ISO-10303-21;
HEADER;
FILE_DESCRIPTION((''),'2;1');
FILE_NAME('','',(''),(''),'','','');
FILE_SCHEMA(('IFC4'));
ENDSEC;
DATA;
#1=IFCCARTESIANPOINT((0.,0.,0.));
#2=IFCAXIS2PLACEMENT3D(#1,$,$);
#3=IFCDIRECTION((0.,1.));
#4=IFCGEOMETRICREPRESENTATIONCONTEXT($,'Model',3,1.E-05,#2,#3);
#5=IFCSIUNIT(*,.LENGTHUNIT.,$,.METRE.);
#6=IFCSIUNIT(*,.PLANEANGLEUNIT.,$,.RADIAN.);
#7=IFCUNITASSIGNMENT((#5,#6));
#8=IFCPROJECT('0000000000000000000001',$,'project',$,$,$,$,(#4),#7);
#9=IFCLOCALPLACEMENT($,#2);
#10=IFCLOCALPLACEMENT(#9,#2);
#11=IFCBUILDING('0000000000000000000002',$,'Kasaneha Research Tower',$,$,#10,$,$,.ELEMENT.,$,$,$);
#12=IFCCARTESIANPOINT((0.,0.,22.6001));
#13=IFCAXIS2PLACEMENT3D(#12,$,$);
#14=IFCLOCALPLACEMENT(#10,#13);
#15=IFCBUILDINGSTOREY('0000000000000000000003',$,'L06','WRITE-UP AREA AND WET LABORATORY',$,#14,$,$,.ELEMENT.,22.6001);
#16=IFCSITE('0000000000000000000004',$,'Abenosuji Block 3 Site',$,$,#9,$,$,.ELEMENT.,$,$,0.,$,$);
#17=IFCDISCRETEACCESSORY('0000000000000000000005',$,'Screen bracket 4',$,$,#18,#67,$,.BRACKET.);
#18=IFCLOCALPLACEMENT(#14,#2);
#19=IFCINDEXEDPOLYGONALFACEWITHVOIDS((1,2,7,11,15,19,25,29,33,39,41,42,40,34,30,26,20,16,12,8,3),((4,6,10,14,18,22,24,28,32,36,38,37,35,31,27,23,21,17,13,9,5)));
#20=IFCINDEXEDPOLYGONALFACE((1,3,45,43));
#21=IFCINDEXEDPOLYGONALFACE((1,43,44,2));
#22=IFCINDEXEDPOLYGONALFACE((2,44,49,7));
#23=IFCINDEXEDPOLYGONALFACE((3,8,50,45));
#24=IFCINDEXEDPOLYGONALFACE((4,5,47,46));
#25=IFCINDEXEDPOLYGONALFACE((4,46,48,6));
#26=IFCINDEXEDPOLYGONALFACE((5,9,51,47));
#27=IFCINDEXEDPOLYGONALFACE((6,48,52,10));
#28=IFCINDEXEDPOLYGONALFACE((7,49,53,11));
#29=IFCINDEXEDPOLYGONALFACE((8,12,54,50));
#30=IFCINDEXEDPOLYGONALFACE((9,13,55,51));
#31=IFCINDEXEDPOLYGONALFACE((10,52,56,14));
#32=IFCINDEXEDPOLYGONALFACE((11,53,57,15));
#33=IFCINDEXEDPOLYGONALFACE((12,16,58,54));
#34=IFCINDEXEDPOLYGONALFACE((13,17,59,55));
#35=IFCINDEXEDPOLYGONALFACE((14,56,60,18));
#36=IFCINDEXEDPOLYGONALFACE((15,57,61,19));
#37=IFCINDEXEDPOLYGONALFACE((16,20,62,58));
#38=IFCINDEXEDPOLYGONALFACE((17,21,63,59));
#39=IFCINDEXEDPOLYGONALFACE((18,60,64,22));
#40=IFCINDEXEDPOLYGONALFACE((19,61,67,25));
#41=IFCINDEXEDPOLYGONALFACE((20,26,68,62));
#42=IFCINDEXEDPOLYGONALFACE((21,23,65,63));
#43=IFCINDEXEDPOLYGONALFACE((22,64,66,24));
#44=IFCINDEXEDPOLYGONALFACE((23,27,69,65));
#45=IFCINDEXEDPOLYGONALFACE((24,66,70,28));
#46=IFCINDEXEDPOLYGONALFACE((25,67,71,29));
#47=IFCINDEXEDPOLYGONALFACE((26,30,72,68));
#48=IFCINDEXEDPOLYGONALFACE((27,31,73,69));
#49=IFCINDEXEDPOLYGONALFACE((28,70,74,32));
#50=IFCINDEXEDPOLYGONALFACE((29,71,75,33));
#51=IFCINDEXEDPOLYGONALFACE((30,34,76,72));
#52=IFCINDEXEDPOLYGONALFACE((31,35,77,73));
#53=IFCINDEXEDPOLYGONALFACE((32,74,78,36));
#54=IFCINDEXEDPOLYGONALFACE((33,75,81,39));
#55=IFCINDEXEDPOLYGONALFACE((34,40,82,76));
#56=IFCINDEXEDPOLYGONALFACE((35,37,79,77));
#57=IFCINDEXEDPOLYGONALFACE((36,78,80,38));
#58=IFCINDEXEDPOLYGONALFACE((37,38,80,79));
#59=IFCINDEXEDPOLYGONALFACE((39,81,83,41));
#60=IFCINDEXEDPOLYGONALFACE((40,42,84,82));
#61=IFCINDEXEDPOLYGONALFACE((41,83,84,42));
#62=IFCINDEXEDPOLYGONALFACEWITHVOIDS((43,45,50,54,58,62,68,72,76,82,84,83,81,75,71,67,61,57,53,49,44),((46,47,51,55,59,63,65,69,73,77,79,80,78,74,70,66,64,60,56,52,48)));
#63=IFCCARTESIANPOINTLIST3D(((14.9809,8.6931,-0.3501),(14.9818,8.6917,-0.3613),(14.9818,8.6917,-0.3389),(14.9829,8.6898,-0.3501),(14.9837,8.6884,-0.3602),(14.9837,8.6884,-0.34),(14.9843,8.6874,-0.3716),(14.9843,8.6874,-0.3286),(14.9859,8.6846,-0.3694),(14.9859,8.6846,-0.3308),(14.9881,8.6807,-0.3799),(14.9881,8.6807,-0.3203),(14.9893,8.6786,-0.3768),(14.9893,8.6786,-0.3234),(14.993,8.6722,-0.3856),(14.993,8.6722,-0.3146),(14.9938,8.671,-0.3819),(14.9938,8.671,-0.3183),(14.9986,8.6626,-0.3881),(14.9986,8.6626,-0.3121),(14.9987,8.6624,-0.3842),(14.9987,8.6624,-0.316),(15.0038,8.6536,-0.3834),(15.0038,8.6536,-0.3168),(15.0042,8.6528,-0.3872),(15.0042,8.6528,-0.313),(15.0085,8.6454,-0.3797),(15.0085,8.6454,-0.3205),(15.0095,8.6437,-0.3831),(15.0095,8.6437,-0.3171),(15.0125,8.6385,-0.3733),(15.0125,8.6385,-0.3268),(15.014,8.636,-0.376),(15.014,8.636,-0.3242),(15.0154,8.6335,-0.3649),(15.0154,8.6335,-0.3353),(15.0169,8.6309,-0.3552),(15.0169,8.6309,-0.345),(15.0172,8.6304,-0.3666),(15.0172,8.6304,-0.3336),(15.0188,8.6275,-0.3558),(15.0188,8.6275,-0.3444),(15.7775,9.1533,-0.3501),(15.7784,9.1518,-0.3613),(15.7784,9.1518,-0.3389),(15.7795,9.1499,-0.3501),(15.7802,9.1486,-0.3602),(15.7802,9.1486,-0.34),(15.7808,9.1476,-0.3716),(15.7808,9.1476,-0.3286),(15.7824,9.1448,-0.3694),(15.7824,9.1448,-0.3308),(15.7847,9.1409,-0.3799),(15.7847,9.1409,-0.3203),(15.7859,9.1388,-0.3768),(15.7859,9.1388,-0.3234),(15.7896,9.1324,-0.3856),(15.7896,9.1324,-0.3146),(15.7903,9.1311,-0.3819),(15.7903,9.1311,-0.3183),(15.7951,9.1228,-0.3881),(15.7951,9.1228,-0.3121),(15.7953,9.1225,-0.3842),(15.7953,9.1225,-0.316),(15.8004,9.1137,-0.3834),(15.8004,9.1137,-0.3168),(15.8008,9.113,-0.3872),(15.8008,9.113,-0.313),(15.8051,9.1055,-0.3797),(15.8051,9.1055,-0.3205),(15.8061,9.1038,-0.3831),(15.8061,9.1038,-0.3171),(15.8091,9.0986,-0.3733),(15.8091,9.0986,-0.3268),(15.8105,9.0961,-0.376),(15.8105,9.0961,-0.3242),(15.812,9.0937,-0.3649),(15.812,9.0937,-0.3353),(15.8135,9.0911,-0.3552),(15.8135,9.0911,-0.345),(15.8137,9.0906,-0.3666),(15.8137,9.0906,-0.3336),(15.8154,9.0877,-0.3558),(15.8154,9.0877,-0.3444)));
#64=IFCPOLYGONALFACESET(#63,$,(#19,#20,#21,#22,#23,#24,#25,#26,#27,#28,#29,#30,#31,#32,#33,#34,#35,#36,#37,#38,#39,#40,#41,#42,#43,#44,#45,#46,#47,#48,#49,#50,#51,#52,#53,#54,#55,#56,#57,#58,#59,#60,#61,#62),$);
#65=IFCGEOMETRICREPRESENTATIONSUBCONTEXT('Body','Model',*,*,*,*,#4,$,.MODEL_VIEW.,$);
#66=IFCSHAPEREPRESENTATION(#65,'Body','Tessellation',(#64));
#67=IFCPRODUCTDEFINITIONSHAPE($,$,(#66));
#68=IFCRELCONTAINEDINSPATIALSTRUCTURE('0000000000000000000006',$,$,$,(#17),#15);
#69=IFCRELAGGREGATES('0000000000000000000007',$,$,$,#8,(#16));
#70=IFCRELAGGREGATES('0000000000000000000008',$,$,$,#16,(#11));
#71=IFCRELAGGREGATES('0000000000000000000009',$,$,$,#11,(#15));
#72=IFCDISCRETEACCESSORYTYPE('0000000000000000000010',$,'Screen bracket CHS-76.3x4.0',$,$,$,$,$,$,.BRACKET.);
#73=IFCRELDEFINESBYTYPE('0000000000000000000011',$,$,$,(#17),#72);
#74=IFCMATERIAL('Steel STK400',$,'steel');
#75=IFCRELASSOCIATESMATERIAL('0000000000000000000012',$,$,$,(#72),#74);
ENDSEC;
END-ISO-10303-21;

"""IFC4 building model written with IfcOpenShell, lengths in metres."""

from ifc_helpers import new_model, si_unit, direction, frame, origin, origin_2d, place, context, subcontext, project, spatial, hollow_circle, extrude, material, material_profile, profile_set, type_object, element, save


model = new_model("IFC4")

# Units and contexts
model_context = context("Model", 3, precision=1e-05, world=origin(), true_north=direction((0.0, 1.0)))
body_context = subcontext(model_context, "Body", "Model", "MODEL_VIEW")
ifc_project = project(units=[si_unit("LENGTHUNIT", "METRE"), si_unit("PLANEANGLEUNIT", "RADIAN")], contexts=[model_context])

# Site, building, storey
site_placement = place(None, origin())
site = spatial("IfcSite", under=ifc_project, at=site_placement, Name="Abenosuji Block 3 Site", CompositionType="ELEMENT", RefElevation=0.0)
building_placement = place(site_placement, origin())
building = spatial("IfcBuilding", under=site, at=building_placement, Name="Kasaneha Research Tower", CompositionType="ELEMENT")
storey_placement = place(building_placement, frame((0.0, 0.0, 22.6001)))
storey = spatial("IfcBuildingStorey", under=building, at=storey_placement, Name="L06", Description="WRITE-UP AREA AND WET LABORATORY", CompositionType="ELEMENT", Elevation=22.6001)

# Discrete accessory
ifc_material_1 = material(Name="Steel STK400", Category="steel")
ifc_material_profile_1 = material_profile(ifc_material_1, hollow_circle(Radius=0.0381, WallThickness=0.0039, at=origin_2d()), Name="CHS-76.3x4.0")
ifc_profile_set_1 = profile_set([ifc_material_profile_1], Name="Steel STK400")
discrete_accessory_type = type_object("IfcDiscreteAccessoryType", Name="Screen bracket CHS-76.3x4.0", PredefinedType="BRACKET", material=ifc_profile_set_1)
for number, where, z_axis, x_axis, name in (
    (1, (15.0, 8.6602, -0.3501), (0.865898, 0.50022, 0.0), (-0.50022, 0.865898, 0.0), "Screen bracket 4"),
):
    element("IfcDiscreteAccessory", number, at=place(storey_placement, frame(where, z_axis=z_axis, x_axis=x_axis)), inside=storey, type_object=discrete_accessory_type, Name=name, PredefinedType="BRACKET", context=body_context, shape_type="SweptSolid", body=[
        extrude(hollow_circle(Radius=0.0381, WallThickness=0.0039, at=origin_2d()), origin(), (0.0, 0.0, 1.0), 0.9199),
    ])

save(model, "model.ifc")
